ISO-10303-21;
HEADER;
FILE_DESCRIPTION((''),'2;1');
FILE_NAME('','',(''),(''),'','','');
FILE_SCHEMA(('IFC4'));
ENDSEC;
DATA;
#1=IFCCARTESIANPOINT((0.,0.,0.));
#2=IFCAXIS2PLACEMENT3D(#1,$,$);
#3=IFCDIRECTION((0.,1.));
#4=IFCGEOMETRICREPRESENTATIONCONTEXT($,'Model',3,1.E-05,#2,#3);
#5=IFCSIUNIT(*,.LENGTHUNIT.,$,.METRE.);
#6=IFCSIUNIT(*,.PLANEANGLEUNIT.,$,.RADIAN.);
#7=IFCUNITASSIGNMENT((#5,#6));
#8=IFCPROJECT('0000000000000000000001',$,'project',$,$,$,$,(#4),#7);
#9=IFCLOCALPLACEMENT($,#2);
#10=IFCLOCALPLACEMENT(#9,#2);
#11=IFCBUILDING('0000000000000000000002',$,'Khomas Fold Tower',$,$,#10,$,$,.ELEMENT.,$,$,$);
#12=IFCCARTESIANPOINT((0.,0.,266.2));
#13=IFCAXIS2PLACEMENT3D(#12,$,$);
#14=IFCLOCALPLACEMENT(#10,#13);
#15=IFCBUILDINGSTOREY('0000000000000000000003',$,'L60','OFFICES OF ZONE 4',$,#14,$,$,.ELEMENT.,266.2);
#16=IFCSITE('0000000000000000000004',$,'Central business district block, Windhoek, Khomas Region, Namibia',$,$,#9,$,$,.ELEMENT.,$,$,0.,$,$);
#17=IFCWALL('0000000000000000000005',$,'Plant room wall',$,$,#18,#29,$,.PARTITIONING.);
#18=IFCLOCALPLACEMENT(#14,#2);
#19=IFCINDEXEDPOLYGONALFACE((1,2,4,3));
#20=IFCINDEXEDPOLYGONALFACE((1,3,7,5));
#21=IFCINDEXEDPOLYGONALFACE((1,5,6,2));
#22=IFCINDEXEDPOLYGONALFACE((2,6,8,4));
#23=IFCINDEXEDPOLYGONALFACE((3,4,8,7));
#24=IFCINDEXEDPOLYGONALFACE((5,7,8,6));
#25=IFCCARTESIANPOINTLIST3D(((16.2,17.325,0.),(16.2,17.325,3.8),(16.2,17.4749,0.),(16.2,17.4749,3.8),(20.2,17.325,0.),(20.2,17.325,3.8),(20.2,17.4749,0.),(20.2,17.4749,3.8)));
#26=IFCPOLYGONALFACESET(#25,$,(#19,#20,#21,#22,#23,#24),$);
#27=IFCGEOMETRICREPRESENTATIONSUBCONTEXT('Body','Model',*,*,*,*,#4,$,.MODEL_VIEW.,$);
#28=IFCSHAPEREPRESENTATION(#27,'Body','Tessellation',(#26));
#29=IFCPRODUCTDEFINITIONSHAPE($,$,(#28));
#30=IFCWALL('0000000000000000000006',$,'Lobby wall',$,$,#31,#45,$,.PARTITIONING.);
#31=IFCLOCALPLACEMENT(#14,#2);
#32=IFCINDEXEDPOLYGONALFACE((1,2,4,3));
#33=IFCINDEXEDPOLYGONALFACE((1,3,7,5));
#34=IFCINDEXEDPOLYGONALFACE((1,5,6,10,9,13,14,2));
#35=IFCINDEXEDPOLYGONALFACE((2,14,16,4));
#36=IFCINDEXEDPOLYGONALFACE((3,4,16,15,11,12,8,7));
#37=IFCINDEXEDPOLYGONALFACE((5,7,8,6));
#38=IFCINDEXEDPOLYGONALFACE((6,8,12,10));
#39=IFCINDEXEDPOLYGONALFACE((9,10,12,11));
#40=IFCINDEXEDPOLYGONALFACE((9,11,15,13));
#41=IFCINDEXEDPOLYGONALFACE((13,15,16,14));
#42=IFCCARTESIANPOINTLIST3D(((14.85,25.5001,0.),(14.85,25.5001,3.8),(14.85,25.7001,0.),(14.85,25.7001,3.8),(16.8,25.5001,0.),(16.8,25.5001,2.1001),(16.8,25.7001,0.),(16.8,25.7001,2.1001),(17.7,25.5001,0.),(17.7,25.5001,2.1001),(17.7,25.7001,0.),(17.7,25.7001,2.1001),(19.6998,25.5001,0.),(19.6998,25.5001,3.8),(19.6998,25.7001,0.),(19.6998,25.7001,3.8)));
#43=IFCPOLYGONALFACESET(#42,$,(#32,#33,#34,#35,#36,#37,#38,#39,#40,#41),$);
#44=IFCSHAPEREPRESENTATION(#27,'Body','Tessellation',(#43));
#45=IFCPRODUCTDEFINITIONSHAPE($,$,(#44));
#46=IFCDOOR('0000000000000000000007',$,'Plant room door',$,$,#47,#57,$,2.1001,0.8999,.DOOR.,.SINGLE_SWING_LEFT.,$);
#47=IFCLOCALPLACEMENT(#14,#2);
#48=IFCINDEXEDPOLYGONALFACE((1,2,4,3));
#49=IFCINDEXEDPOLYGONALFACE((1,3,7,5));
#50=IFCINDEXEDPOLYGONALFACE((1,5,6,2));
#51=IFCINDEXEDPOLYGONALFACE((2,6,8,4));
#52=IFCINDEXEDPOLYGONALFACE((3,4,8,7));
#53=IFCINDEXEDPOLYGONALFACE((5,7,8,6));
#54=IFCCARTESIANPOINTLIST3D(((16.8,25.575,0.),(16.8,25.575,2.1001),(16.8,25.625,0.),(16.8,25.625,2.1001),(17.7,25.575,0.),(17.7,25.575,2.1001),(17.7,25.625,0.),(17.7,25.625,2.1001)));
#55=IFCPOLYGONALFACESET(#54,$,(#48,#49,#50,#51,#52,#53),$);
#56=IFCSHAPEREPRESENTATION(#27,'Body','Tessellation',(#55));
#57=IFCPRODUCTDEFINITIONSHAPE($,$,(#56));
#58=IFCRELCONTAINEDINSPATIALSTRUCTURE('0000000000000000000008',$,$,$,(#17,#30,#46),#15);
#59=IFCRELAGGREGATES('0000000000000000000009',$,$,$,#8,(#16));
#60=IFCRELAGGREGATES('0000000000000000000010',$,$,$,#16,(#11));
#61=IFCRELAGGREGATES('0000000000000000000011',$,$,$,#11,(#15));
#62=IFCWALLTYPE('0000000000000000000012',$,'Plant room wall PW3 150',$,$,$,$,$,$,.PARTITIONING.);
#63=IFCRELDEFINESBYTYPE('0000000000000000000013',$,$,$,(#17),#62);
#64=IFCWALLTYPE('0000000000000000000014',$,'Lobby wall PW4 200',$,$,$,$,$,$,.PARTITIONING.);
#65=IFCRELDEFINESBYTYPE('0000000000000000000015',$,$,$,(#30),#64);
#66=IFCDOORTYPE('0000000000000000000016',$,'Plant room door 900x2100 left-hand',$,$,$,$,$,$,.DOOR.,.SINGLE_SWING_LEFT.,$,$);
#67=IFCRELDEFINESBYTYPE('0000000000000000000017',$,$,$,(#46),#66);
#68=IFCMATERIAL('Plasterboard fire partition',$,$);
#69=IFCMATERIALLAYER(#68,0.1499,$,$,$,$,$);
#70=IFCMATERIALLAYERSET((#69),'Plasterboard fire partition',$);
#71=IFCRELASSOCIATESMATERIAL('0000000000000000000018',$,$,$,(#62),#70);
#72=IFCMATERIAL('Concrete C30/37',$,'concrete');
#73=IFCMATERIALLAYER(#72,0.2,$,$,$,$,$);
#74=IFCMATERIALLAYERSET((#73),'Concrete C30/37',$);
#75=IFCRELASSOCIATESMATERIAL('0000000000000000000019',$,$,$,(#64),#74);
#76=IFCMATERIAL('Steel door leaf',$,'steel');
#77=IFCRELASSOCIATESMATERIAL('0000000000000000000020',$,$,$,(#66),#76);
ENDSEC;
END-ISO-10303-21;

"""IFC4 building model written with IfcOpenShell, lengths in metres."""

from ifc_helpers import new_model, si_unit, direction, frame, frame_2d, origin, place, context, subcontext, project, spatial, rectangle, extrude, source, transform, mapped, material, layer, layer_set, type_object, element, fill, save


model = new_model("IFC4")

# Units and contexts
model_context = context("Model", 3, precision=1e-05, world=origin(), true_north=direction((0.0, 1.0)))
body_context = subcontext(model_context, "Body", "Model", "MODEL_VIEW")
ifc_project = project(units=[si_unit("LENGTHUNIT", "METRE"), si_unit("PLANEANGLEUNIT", "RADIAN")], contexts=[model_context])

# Site, building, storey
site_placement = place(None, origin())
site = spatial("IfcSite", under=ifc_project, at=site_placement, Name="Central business district block, Windhoek, Khomas Region, Namibia", CompositionType="ELEMENT", RefElevation=0.0)
building_placement = place(site_placement, origin())
building = spatial("IfcBuilding", under=site, at=building_placement, Name="Khomas Fold Tower", CompositionType="ELEMENT")
storey_placement = place(building_placement, frame((0.0, 0.0, 266.2)))
storey = spatial("IfcBuildingStorey", under=building, at=storey_placement, Name="L60", Description="OFFICES OF ZONE 4", CompositionType="ELEMENT", Elevation=266.2)

# Wall
ifc_material_1 = material(Name="Plasterboard fire partition")
ifc_layer_1 = layer(ifc_material_1, 0.1499)
ifc_layer_set_1 = layer_set([ifc_layer_1], Name="Plasterboard fire partition")
wall_type_1 = type_object("IfcWallType", Name="Plant room wall PW3 150", PredefinedType="PARTITIONING", material=ifc_layer_set_1)
shared_shape_1 = source(origin(), body_context, "Body", "SweptSolid", [
    extrude(rectangle(XDim=4.0, YDim=0.1499, at=frame_2d((2.0, 0.0))), origin(), (0.0, 0.0, 1.0), 3.8),
])
wall_1_placement = place(storey_placement, frame((16.2, 17.3999, 0.0), z_axis=(0.0, 0.0, 1.0), x_axis=(1.0, 0.0, 0.0)))
element("IfcWall", 1, at=wall_1_placement, inside=storey, type_object=wall_type_1, Name="Plant room wall", PredefinedType="PARTITIONING", context=body_context, shape_type="MappedRepresentation", body=[
    mapped(shared_shape_1, transform((0.0, 0.0, 0.0))),
])

# Wall, opening, door
ifc_material_2 = material(Name="Concrete C30/37", Category="concrete")
ifc_layer_2 = layer(ifc_material_2, 0.2)
ifc_layer_set_2 = layer_set([ifc_layer_2], Name="Concrete C30/37")
wall_type_2 = type_object("IfcWallType", Name="Lobby wall PW4 200", PredefinedType="PARTITIONING", material=ifc_layer_set_2)
shared_shape_2 = source(origin(), body_context, "Body", "SweptSolid", [
    extrude(rectangle(XDim=4.8499, YDim=0.2, at=frame_2d((2.4248, 0.0))), origin(), (0.0, 0.0, 1.0), 3.8),
])
wall_2_placement = place(storey_placement, frame((14.8501, 25.6001, 0.0), z_axis=(0.0, 0.0, 1.0), x_axis=(1.0, 0.0, 0.0)))
wall_2 = element("IfcWall", 2, at=wall_2_placement, inside=storey, type_object=wall_type_2, Name="Lobby wall", PredefinedType="PARTITIONING", context=body_context, shape_type="MappedRepresentation", body=[
    mapped(shared_shape_2, transform((0.0, 0.0, 0.0))),
])
shared_shape_3 = source(origin(), body_context, "Body", "SweptSolid", [
    extrude(rectangle(XDim=0.8999, YDim=2.1001, at=frame_2d((0.45, 1.05))), frame((0.0, 0.1099, 0.0), z_axis=(0.0, -1.0, 0.0), x_axis=(1.0, 0.0, 0.0)), (0.0, 0.0, 1.0), 0.22),
])
opening_1_placement = place(wall_2_placement, frame((1.95, 0.0, 0.0)))
opening_1 = element("IfcOpeningElement", 3, at=opening_1_placement, cuts=wall_2, PredefinedType="OPENING", context=body_context, shape_type="MappedRepresentation", body=[
    mapped(shared_shape_3, transform((0.0, 0.0, 0.0))),
])
ifc_material_3 = material(Name="Steel door leaf", Category="steel")
door_type_1 = type_object("IfcDoorType", Name="Plant room door 900x2100 left-hand", OperationType="SINGLE_SWING_LEFT", PredefinedType="DOOR", material=ifc_material_3)
shared_shape_4 = source(origin(), body_context, "Body", "SweptSolid", [
    extrude(rectangle(XDim=0.8999, YDim=2.1001, at=frame_2d((0.45, 1.05))), frame((0.0, 0.0249, 0.0), z_axis=(0.0, -1.0, 0.0), x_axis=(1.0, 0.0, 0.0)), (0.0, 0.0, 1.0), 0.05),
])
door_1_placement = place(opening_1_placement, origin())
door_1 = element("IfcDoor", 4, at=door_1_placement, inside=storey, type_object=door_type_1, Name="Plant room door", OperationType="SINGLE_SWING_LEFT", OverallHeight=2.1001, OverallWidth=0.8999, PredefinedType="DOOR", context=body_context, shape_type="MappedRepresentation", body=[
    mapped(shared_shape_4, transform((0.0, 0.0, 0.0))),
])
fill(opening_1, door_1)

save(model, "model.ifc")
